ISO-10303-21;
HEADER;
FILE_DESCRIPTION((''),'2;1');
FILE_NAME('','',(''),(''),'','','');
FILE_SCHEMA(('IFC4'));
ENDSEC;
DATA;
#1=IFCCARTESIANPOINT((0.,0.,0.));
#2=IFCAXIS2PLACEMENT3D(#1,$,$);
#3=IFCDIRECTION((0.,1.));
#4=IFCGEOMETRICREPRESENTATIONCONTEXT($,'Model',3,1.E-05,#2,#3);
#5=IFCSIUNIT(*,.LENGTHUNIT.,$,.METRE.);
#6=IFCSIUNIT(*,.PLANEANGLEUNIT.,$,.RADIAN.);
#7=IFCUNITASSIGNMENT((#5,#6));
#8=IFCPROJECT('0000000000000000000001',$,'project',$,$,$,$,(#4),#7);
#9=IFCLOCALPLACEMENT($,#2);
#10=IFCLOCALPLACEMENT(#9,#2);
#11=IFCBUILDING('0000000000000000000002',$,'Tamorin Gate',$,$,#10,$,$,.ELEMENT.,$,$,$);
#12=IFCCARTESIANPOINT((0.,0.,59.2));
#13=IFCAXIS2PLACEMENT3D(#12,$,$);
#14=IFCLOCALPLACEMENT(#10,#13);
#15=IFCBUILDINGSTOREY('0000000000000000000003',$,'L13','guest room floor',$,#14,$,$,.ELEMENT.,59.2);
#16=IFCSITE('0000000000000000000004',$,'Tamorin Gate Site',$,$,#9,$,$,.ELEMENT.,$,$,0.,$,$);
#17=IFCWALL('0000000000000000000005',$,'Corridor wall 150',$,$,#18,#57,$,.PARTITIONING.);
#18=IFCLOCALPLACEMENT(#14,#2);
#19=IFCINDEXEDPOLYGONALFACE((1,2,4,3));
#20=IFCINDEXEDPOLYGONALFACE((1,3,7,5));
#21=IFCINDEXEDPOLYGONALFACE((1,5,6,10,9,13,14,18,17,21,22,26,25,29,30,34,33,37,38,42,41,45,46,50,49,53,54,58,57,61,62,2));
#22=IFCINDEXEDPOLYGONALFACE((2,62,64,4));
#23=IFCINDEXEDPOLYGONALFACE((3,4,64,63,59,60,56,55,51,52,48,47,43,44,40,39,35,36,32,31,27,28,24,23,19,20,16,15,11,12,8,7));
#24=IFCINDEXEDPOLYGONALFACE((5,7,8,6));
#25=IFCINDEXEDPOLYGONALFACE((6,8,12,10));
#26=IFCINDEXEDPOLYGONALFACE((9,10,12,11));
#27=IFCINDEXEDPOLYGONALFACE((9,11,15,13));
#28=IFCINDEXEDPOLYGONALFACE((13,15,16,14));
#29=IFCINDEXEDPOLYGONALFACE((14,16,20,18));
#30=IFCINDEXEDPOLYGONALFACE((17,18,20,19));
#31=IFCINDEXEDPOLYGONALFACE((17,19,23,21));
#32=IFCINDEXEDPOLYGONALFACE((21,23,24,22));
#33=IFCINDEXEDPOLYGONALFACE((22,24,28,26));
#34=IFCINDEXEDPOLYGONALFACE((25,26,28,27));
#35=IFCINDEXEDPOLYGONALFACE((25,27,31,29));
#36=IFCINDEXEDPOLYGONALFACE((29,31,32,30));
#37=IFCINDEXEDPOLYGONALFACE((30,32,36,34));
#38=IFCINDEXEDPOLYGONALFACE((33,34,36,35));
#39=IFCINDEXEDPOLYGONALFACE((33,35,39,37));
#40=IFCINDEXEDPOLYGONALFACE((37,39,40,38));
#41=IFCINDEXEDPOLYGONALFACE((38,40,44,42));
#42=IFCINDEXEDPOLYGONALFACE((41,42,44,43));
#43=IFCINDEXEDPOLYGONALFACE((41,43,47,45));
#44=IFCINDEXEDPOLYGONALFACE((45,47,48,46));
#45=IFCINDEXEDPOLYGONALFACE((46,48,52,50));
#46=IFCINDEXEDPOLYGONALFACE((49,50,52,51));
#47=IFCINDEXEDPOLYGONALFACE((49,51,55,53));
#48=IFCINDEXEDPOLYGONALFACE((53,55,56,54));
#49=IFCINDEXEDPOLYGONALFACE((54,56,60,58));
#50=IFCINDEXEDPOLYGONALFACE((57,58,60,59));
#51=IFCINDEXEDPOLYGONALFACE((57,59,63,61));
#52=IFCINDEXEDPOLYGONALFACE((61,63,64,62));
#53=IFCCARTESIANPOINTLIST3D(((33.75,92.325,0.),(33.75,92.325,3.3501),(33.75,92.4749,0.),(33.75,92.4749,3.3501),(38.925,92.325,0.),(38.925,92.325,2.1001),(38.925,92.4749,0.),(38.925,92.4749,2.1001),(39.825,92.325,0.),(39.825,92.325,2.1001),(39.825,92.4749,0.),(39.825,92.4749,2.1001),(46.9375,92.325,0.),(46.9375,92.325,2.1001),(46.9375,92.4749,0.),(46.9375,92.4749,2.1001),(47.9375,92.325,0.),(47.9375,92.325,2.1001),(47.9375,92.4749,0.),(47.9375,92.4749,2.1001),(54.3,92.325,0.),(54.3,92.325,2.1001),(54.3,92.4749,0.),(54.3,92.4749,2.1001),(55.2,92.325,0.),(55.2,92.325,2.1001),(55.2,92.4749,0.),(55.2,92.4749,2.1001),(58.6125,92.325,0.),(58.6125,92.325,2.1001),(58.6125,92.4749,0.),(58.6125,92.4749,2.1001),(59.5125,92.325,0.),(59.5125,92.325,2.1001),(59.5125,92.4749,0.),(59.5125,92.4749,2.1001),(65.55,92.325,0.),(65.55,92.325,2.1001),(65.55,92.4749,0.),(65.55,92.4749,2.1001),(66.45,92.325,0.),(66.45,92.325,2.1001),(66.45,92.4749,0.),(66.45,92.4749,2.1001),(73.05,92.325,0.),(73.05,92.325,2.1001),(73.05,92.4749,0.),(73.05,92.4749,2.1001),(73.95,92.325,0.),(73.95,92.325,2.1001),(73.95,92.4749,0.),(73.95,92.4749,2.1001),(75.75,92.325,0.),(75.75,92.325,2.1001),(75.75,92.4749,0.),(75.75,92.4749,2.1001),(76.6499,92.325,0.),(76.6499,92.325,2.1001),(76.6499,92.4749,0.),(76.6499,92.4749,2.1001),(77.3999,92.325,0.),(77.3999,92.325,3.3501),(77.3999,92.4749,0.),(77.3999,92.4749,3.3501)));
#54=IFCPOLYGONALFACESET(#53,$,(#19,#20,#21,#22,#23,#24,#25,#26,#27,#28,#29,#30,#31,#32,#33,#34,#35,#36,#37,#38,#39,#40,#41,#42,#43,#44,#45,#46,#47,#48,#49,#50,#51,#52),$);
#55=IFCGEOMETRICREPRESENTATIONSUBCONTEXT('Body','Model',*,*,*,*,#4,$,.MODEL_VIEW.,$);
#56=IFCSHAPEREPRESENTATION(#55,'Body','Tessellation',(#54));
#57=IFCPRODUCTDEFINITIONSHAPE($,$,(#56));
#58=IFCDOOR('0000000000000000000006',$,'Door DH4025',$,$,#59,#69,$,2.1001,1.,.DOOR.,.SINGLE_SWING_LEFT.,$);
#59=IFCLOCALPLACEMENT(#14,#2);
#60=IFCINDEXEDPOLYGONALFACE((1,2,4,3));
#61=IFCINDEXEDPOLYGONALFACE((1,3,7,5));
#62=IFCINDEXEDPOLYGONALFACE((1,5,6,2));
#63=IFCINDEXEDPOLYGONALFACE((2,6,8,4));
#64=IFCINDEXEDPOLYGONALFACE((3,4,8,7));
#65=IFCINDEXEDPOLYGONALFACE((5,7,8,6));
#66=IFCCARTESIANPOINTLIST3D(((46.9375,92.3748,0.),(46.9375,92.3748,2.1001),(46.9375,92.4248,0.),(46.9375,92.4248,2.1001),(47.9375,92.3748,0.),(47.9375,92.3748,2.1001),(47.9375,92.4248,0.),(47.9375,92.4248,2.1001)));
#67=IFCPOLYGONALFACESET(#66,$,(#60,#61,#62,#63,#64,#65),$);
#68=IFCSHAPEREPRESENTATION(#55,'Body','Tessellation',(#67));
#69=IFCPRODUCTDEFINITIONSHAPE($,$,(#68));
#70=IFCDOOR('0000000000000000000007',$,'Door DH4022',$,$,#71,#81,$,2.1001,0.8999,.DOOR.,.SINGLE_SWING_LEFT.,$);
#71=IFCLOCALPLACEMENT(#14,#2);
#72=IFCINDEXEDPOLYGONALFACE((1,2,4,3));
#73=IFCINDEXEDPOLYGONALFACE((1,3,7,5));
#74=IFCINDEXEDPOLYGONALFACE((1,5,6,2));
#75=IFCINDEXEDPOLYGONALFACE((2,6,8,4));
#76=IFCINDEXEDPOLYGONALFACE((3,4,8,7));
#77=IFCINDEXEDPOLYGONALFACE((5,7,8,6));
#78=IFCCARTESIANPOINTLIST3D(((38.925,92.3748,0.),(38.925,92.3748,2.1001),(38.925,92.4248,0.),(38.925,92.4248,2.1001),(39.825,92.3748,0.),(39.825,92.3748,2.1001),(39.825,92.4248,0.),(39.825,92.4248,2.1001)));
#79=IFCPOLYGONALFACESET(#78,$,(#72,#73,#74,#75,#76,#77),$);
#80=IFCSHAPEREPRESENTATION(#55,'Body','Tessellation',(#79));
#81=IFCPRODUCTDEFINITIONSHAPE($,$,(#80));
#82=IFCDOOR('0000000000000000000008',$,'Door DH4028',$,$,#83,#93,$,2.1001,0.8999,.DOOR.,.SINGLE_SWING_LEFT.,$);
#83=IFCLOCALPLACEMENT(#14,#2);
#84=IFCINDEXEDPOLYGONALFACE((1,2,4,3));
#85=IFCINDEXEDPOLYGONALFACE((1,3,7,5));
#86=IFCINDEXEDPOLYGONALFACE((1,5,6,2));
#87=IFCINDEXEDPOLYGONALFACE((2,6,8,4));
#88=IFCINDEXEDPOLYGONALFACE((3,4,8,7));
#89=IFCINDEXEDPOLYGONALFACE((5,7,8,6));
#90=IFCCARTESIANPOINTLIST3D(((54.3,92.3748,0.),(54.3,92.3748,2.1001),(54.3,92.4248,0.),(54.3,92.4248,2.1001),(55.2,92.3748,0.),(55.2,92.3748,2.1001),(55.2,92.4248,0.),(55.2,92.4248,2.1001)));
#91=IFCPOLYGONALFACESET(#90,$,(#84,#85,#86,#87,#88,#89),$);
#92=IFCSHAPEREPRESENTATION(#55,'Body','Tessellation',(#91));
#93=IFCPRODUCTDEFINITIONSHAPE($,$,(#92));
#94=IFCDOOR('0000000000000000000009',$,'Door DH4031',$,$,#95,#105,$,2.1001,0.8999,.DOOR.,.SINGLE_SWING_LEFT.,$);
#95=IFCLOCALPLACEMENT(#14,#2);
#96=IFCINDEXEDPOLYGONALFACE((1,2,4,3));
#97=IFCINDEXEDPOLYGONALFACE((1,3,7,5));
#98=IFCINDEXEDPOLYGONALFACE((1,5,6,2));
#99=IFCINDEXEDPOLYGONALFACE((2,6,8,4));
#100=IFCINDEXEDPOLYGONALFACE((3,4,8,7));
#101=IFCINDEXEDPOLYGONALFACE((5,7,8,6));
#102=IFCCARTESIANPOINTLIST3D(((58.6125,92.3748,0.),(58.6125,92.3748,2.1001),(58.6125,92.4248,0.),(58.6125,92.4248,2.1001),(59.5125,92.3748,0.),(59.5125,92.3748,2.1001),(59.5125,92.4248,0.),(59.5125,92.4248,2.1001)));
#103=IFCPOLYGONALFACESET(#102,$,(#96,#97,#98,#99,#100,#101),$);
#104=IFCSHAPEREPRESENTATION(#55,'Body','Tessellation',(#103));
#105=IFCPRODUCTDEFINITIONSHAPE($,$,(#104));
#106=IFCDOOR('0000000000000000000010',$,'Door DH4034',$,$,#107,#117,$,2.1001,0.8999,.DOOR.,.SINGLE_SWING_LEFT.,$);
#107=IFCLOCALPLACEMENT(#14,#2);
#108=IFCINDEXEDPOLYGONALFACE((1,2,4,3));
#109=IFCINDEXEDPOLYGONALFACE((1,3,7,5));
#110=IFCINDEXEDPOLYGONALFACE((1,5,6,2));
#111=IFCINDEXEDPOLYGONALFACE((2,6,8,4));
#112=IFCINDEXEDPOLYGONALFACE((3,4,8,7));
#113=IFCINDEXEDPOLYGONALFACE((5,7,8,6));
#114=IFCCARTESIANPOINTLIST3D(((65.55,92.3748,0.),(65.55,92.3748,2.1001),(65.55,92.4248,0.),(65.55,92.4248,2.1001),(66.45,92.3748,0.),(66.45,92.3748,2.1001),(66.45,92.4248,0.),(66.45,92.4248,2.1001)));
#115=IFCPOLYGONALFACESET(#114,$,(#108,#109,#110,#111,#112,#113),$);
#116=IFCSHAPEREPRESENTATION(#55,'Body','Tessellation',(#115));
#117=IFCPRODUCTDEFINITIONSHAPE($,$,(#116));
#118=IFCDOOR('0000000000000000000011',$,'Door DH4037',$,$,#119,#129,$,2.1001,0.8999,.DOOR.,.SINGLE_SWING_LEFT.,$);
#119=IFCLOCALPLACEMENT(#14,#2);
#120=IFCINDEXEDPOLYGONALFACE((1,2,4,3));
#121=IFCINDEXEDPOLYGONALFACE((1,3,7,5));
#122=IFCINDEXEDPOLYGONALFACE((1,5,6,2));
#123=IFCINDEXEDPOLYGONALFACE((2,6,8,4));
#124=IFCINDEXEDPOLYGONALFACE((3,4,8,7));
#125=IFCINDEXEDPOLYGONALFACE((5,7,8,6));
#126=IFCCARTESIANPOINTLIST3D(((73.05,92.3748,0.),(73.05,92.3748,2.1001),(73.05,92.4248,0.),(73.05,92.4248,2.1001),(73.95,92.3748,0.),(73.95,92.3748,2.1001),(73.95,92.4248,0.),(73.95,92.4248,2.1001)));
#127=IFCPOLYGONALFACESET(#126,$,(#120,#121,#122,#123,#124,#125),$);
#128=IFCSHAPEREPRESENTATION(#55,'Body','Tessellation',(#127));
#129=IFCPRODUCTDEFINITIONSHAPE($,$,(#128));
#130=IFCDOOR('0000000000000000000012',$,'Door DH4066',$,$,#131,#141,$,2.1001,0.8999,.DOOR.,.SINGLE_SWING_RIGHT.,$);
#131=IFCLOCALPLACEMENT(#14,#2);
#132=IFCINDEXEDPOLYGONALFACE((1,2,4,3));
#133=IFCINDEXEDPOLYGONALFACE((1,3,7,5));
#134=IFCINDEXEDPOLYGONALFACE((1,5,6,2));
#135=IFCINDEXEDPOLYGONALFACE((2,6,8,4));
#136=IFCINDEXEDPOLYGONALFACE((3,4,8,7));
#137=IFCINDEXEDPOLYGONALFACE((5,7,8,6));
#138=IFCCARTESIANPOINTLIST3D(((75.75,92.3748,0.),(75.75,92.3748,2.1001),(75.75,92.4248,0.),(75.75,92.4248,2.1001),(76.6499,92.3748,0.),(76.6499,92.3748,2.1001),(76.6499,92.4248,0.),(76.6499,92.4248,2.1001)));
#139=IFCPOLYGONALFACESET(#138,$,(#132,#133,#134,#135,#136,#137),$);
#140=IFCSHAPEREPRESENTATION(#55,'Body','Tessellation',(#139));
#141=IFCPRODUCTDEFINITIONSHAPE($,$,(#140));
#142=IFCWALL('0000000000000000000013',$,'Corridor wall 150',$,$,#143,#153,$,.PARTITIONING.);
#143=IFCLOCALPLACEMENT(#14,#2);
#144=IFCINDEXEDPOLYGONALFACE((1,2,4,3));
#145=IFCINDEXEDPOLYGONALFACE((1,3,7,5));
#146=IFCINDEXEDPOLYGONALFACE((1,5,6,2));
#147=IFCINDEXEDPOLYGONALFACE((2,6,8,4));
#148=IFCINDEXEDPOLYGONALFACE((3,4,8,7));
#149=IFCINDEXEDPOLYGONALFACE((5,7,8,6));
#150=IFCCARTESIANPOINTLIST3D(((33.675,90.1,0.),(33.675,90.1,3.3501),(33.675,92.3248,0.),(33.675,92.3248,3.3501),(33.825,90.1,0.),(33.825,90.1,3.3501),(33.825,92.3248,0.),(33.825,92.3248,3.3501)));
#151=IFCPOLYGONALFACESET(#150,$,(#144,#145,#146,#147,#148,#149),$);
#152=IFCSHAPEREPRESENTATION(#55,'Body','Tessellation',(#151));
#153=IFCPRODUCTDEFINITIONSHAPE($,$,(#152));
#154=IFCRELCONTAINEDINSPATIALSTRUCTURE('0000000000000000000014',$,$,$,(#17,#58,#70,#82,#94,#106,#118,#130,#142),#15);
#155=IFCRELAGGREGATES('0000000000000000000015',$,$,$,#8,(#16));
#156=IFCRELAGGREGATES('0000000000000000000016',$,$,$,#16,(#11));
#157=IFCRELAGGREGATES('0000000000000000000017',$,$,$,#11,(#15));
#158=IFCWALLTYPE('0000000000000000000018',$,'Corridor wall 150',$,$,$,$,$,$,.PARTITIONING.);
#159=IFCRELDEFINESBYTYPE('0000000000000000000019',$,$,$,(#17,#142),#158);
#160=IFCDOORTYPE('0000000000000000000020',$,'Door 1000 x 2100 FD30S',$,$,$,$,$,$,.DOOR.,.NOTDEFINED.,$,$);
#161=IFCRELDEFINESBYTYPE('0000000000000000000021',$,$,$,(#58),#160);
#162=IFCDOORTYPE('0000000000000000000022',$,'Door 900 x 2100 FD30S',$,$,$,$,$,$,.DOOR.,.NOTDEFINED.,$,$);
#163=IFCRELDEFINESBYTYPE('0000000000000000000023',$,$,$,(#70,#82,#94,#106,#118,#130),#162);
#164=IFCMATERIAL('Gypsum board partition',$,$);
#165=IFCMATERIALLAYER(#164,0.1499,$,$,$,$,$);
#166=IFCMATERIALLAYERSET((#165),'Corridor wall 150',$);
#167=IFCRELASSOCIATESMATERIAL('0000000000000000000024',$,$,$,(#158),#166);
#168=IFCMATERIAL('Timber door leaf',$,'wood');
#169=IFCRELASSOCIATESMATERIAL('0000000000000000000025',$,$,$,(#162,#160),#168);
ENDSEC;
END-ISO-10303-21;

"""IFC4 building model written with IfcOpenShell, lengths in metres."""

from ifc_helpers import new_model, si_unit, direction, frame, frame_2d, origin, place, context, subcontext, project, spatial, rectangle, extrude, material, layer, layer_set, type_object, element, fill, save


model = new_model("IFC4")

# Units and contexts
model_context = context("Model", 3, precision=1e-05, world=origin(), true_north=direction((0.0, 1.0)))
body_context = subcontext(model_context, "Body", "Model", "MODEL_VIEW")
ifc_project = project(units=[si_unit("LENGTHUNIT", "METRE"), si_unit("PLANEANGLEUNIT", "RADIAN")], contexts=[model_context])

# Site, building, storey
site_placement = place(None, origin())
site = spatial("IfcSite", under=ifc_project, at=site_placement, Name="Tamorin Gate Site", CompositionType="ELEMENT", RefElevation=0.0)
building_placement = place(site_placement, origin())
building = spatial("IfcBuilding", under=site, at=building_placement, Name="Tamorin Gate", CompositionType="ELEMENT")
storey_placement = place(building_placement, frame((0.0, 0.0, 59.2)))
storey = spatial("IfcBuildingStorey", under=building, at=storey_placement, Name="L13", Description="guest room floor", CompositionType="ELEMENT", Elevation=59.2)

# Wall, openings, doors
ifc_material_1 = material(Name="Gypsum board partition")
ifc_layer_1 = layer(ifc_material_1, 0.1499)
ifc_layer_set_1 = layer_set([ifc_layer_1], Name="Corridor wall 150")
wall_type_1 = type_object("IfcWallType", Name="Corridor wall 150", PredefinedType="PARTITIONING", material=ifc_layer_set_1)
ifc_material_2 = material(Name="Timber door leaf", Category="wood")
door_type_1 = type_object("IfcDoorType", Name="Door 900 x 2100 FD30S", OperationType="NOTDEFINED", PredefinedType="DOOR", material=ifc_material_2)
wall_1_placement = place(storey_placement, frame((33.75, 92.3999, 0.0), z_axis=(0.0, 0.0, 1.0), x_axis=(1.0, 0.0, 0.0)))
wall_1 = element("IfcWall", 1, at=wall_1_placement, inside=storey, type_object=wall_type_1, Name="Corridor wall 150", PredefinedType="PARTITIONING", context=body_context, shape_type="SweptSolid", body=[
    extrude(rectangle(XDim=43.6499, YDim=0.1499, at=frame_2d((21.825, 0.0))), origin(), (0.0, 0.0, 1.0), 3.3501),
])
opening_1_placement = place(wall_1_placement, frame((5.175, 0.0, 0.0)))
opening_1 = element("IfcOpeningElement", 2, at=opening_1_placement, cuts=wall_1, PredefinedType="OPENING", context=body_context, shape_type="SweptSolid", body=[
    extrude(rectangle(XDim=0.8999, YDim=2.1001, at=frame_2d((0.45, 1.05))), frame((0.0, 0.085, 0.0), z_axis=(0.0, -1.0, 0.0), x_axis=(1.0, 0.0, 0.0)), (0.0, 0.0, 1.0), 0.1699),
])
opening_2_placement = place(wall_1_placement, frame((13.1875, 0.0, 0.0)))
opening_2 = element("IfcOpeningElement", 3, at=opening_2_placement, cuts=wall_1, PredefinedType="OPENING", context=body_context, shape_type="SweptSolid", body=[
    extrude(rectangle(XDim=1.0, YDim=2.1001, at=frame_2d((0.5, 1.05))), frame((0.0, 0.085, 0.0), z_axis=(0.0, -1.0, 0.0), x_axis=(1.0, 0.0, 0.0)), (0.0, 0.0, 1.0), 0.1699),
])
opening_3_placement = place(wall_1_placement, frame((20.55, 0.0, 0.0)))
opening_3 = element("IfcOpeningElement", 4, at=opening_3_placement, cuts=wall_1, PredefinedType="OPENING", context=body_context, shape_type="SweptSolid", body=[
    extrude(rectangle(XDim=0.8999, YDim=2.1001, at=frame_2d((0.45, 1.05))), frame((0.0, 0.085, 0.0), z_axis=(0.0, -1.0, 0.0), x_axis=(1.0, 0.0, 0.0)), (0.0, 0.0, 1.0), 0.1699),
])
opening_4_placement = place(wall_1_placement, frame((24.8625, 0.0, 0.0)))
opening_4 = element("IfcOpeningElement", 5, at=opening_4_placement, cuts=wall_1, PredefinedType="OPENING", context=body_context, shape_type="SweptSolid", body=[
    extrude(rectangle(XDim=0.8999, YDim=2.1001, at=frame_2d((0.45, 1.05))), frame((0.0, 0.085, 0.0), z_axis=(0.0, -1.0, 0.0), x_axis=(1.0, 0.0, 0.0)), (0.0, 0.0, 1.0), 0.1699),
])
opening_5_placement = place(wall_1_placement, frame((31.8, 0.0, 0.0)))
opening_5 = element("IfcOpeningElement", 6, at=opening_5_placement, cuts=wall_1, PredefinedType="OPENING", context=body_context, shape_type="SweptSolid", body=[
    extrude(rectangle(XDim=0.8999, YDim=2.1001, at=frame_2d((0.45, 1.05))), frame((0.0, 0.085, 0.0), z_axis=(0.0, -1.0, 0.0), x_axis=(1.0, 0.0, 0.0)), (0.0, 0.0, 1.0), 0.1699),
])
opening_6_placement = place(wall_1_placement, frame((39.3, 0.0, 0.0)))
opening_6 = element("IfcOpeningElement", 7, at=opening_6_placement, cuts=wall_1, PredefinedType="OPENING", context=body_context, shape_type="SweptSolid", body=[
    extrude(rectangle(XDim=0.8999, YDim=2.1001, at=frame_2d((0.45, 1.05))), frame((0.0, 0.085, 0.0), z_axis=(0.0, -1.0, 0.0), x_axis=(1.0, 0.0, 0.0)), (0.0, 0.0, 1.0), 0.1699),
])
opening_7_placement = place(wall_1_placement, frame((42.0, 0.0, 0.0)))
opening_7 = element("IfcOpeningElement", 8, at=opening_7_placement, cuts=wall_1, PredefinedType="OPENING", context=body_context, shape_type="SweptSolid", body=[
    extrude(rectangle(XDim=0.8999, YDim=2.1001, at=frame_2d((0.45, 1.05))), frame((0.0, 0.085, 0.0), z_axis=(0.0, -1.0, 0.0), x_axis=(1.0, 0.0, 0.0)), (0.0, 0.0, 1.0), 0.1699),
])
door_type_2 = type_object("IfcDoorType", Name="Door 1000 x 2100 FD30S", OperationType="NOTDEFINED", PredefinedType="DOOR", material=ifc_material_2)
door_1_placement = place(opening_2_placement, origin())
door_1 = element("IfcDoor", 9, at=door_1_placement, inside=storey, type_object=door_type_2, Name="Door DH4025", OperationType="SINGLE_SWING_LEFT", OverallHeight=2.1001, OverallWidth=1.0, PredefinedType="DOOR", context=body_context, shape_type="SweptSolid", body=[
    extrude(rectangle(XDim=1.0, YDim=2.1001, at=frame_2d((0.5, 1.05))), frame((0.0, 0.0249, 0.0), z_axis=(0.0, -1.0, 0.0), x_axis=(1.0, 0.0, 0.0)), (0.0, 0.0, 1.0), 0.05),
])
fill(opening_2, door_1)
door_2_placement = place(opening_1_placement, origin())
door_2 = element("IfcDoor", 10, at=door_2_placement, inside=storey, type_object=door_type_1, Name="Door DH4022", OperationType="SINGLE_SWING_LEFT", OverallHeight=2.1001, OverallWidth=0.8999, PredefinedType="DOOR", context=body_context, shape_type="SweptSolid", body=[
    extrude(rectangle(XDim=0.8999, YDim=2.1001, at=frame_2d((0.45, 1.05))), frame((0.0, 0.0249, 0.0), z_axis=(0.0, -1.0, 0.0), x_axis=(1.0, 0.0, 0.0)), (0.0, 0.0, 1.0), 0.05),
])
fill(opening_1, door_2)
door_3_placement = place(opening_3_placement, origin())
door_3 = element("IfcDoor", 11, at=door_3_placement, inside=storey, type_object=door_type_1, Name="Door DH4028", OperationType="SINGLE_SWING_LEFT", OverallHeight=2.1001, OverallWidth=0.8999, PredefinedType="DOOR", context=body_context, shape_type="SweptSolid", body=[
    extrude(rectangle(XDim=0.8999, YDim=2.1001, at=frame_2d((0.45, 1.05))), frame((0.0, 0.0249, 0.0), z_axis=(0.0, -1.0, 0.0), x_axis=(1.0, 0.0, 0.0)), (0.0, 0.0, 1.0), 0.05),
])
fill(opening_3, door_3)
door_4_placement = place(opening_4_placement, origin())
door_4 = element("IfcDoor", 12, at=door_4_placement, inside=storey, type_object=door_type_1, Name="Door DH4031", OperationType="SINGLE_SWING_LEFT", OverallHeight=2.1001, OverallWidth=0.8999, PredefinedType="DOOR", context=body_context, shape_type="SweptSolid", body=[
    extrude(rectangle(XDim=0.8999, YDim=2.1001, at=frame_2d((0.45, 1.05))), frame((0.0, 0.0249, 0.0), z_axis=(0.0, -1.0, 0.0), x_axis=(1.0, 0.0, 0.0)), (0.0, 0.0, 1.0), 0.05),
])
fill(opening_4, door_4)
door_5_placement = place(opening_5_placement, origin())
door_5 = element("IfcDoor", 13, at=door_5_placement, inside=storey, type_object=door_type_1, Name="Door DH4034", OperationType="SINGLE_SWING_LEFT", OverallHeight=2.1001, OverallWidth=0.8999, PredefinedType="DOOR", context=body_context, shape_type="SweptSolid", body=[
    extrude(rectangle(XDim=0.8999, YDim=2.1001, at=frame_2d((0.45, 1.05))), frame((0.0, 0.0249, 0.0), z_axis=(0.0, -1.0, 0.0), x_axis=(1.0, 0.0, 0.0)), (0.0, 0.0, 1.0), 0.05),
])
fill(opening_5, door_5)
door_6_placement = place(opening_6_placement, origin())
door_6 = element("IfcDoor", 14, at=door_6_placement, inside=storey, type_object=door_type_1, Name="Door DH4037", OperationType="SINGLE_SWING_LEFT", OverallHeight=2.1001, OverallWidth=0.8999, PredefinedType="DOOR", context=body_context, shape_type="SweptSolid", body=[
    extrude(rectangle(XDim=0.8999, YDim=2.1001, at=frame_2d((0.45, 1.05))), frame((0.0, 0.0249, 0.0), z_axis=(0.0, -1.0, 0.0), x_axis=(1.0, 0.0, 0.0)), (0.0, 0.0, 1.0), 0.05),
])
fill(opening_6, door_6)
door_7_placement = place(opening_7_placement, origin())
door_7 = element("IfcDoor", 15, at=door_7_placement, inside=storey, type_object=door_type_1, Name="Door DH4066", OperationType="SINGLE_SWING_RIGHT", OverallHeight=2.1001, OverallWidth=0.8999, PredefinedType="DOOR", context=body_context, shape_type="SweptSolid", body=[
    extrude(rectangle(XDim=0.8999, YDim=2.1001, at=frame_2d((0.45, 1.05))), frame((0.0, 0.0249, 0.0), z_axis=(0.0, -1.0, 0.0), x_axis=(1.0, 0.0, 0.0)), (0.0, 0.0, 1.0), 0.05),
])
fill(opening_7, door_7)

# Wall
wall_2_placement = place(storey_placement, frame((33.75, 90.1001, 0.0), z_axis=(0.0, 0.0, 1.0), x_axis=(0.0, 1.0, 0.0)))
element("IfcWall", 16, at=wall_2_placement, inside=storey, type_object=wall_type_1, Name="Corridor wall 150", PredefinedType="PARTITIONING", context=body_context, shape_type="SweptSolid", body=[
    extrude(rectangle(XDim=2.2249, YDim=0.1499, at=frame_2d((1.1123, 0.0))), origin(), (0.0, 0.0, 1.0), 3.3501),
])

save(model, "model.ifc")
